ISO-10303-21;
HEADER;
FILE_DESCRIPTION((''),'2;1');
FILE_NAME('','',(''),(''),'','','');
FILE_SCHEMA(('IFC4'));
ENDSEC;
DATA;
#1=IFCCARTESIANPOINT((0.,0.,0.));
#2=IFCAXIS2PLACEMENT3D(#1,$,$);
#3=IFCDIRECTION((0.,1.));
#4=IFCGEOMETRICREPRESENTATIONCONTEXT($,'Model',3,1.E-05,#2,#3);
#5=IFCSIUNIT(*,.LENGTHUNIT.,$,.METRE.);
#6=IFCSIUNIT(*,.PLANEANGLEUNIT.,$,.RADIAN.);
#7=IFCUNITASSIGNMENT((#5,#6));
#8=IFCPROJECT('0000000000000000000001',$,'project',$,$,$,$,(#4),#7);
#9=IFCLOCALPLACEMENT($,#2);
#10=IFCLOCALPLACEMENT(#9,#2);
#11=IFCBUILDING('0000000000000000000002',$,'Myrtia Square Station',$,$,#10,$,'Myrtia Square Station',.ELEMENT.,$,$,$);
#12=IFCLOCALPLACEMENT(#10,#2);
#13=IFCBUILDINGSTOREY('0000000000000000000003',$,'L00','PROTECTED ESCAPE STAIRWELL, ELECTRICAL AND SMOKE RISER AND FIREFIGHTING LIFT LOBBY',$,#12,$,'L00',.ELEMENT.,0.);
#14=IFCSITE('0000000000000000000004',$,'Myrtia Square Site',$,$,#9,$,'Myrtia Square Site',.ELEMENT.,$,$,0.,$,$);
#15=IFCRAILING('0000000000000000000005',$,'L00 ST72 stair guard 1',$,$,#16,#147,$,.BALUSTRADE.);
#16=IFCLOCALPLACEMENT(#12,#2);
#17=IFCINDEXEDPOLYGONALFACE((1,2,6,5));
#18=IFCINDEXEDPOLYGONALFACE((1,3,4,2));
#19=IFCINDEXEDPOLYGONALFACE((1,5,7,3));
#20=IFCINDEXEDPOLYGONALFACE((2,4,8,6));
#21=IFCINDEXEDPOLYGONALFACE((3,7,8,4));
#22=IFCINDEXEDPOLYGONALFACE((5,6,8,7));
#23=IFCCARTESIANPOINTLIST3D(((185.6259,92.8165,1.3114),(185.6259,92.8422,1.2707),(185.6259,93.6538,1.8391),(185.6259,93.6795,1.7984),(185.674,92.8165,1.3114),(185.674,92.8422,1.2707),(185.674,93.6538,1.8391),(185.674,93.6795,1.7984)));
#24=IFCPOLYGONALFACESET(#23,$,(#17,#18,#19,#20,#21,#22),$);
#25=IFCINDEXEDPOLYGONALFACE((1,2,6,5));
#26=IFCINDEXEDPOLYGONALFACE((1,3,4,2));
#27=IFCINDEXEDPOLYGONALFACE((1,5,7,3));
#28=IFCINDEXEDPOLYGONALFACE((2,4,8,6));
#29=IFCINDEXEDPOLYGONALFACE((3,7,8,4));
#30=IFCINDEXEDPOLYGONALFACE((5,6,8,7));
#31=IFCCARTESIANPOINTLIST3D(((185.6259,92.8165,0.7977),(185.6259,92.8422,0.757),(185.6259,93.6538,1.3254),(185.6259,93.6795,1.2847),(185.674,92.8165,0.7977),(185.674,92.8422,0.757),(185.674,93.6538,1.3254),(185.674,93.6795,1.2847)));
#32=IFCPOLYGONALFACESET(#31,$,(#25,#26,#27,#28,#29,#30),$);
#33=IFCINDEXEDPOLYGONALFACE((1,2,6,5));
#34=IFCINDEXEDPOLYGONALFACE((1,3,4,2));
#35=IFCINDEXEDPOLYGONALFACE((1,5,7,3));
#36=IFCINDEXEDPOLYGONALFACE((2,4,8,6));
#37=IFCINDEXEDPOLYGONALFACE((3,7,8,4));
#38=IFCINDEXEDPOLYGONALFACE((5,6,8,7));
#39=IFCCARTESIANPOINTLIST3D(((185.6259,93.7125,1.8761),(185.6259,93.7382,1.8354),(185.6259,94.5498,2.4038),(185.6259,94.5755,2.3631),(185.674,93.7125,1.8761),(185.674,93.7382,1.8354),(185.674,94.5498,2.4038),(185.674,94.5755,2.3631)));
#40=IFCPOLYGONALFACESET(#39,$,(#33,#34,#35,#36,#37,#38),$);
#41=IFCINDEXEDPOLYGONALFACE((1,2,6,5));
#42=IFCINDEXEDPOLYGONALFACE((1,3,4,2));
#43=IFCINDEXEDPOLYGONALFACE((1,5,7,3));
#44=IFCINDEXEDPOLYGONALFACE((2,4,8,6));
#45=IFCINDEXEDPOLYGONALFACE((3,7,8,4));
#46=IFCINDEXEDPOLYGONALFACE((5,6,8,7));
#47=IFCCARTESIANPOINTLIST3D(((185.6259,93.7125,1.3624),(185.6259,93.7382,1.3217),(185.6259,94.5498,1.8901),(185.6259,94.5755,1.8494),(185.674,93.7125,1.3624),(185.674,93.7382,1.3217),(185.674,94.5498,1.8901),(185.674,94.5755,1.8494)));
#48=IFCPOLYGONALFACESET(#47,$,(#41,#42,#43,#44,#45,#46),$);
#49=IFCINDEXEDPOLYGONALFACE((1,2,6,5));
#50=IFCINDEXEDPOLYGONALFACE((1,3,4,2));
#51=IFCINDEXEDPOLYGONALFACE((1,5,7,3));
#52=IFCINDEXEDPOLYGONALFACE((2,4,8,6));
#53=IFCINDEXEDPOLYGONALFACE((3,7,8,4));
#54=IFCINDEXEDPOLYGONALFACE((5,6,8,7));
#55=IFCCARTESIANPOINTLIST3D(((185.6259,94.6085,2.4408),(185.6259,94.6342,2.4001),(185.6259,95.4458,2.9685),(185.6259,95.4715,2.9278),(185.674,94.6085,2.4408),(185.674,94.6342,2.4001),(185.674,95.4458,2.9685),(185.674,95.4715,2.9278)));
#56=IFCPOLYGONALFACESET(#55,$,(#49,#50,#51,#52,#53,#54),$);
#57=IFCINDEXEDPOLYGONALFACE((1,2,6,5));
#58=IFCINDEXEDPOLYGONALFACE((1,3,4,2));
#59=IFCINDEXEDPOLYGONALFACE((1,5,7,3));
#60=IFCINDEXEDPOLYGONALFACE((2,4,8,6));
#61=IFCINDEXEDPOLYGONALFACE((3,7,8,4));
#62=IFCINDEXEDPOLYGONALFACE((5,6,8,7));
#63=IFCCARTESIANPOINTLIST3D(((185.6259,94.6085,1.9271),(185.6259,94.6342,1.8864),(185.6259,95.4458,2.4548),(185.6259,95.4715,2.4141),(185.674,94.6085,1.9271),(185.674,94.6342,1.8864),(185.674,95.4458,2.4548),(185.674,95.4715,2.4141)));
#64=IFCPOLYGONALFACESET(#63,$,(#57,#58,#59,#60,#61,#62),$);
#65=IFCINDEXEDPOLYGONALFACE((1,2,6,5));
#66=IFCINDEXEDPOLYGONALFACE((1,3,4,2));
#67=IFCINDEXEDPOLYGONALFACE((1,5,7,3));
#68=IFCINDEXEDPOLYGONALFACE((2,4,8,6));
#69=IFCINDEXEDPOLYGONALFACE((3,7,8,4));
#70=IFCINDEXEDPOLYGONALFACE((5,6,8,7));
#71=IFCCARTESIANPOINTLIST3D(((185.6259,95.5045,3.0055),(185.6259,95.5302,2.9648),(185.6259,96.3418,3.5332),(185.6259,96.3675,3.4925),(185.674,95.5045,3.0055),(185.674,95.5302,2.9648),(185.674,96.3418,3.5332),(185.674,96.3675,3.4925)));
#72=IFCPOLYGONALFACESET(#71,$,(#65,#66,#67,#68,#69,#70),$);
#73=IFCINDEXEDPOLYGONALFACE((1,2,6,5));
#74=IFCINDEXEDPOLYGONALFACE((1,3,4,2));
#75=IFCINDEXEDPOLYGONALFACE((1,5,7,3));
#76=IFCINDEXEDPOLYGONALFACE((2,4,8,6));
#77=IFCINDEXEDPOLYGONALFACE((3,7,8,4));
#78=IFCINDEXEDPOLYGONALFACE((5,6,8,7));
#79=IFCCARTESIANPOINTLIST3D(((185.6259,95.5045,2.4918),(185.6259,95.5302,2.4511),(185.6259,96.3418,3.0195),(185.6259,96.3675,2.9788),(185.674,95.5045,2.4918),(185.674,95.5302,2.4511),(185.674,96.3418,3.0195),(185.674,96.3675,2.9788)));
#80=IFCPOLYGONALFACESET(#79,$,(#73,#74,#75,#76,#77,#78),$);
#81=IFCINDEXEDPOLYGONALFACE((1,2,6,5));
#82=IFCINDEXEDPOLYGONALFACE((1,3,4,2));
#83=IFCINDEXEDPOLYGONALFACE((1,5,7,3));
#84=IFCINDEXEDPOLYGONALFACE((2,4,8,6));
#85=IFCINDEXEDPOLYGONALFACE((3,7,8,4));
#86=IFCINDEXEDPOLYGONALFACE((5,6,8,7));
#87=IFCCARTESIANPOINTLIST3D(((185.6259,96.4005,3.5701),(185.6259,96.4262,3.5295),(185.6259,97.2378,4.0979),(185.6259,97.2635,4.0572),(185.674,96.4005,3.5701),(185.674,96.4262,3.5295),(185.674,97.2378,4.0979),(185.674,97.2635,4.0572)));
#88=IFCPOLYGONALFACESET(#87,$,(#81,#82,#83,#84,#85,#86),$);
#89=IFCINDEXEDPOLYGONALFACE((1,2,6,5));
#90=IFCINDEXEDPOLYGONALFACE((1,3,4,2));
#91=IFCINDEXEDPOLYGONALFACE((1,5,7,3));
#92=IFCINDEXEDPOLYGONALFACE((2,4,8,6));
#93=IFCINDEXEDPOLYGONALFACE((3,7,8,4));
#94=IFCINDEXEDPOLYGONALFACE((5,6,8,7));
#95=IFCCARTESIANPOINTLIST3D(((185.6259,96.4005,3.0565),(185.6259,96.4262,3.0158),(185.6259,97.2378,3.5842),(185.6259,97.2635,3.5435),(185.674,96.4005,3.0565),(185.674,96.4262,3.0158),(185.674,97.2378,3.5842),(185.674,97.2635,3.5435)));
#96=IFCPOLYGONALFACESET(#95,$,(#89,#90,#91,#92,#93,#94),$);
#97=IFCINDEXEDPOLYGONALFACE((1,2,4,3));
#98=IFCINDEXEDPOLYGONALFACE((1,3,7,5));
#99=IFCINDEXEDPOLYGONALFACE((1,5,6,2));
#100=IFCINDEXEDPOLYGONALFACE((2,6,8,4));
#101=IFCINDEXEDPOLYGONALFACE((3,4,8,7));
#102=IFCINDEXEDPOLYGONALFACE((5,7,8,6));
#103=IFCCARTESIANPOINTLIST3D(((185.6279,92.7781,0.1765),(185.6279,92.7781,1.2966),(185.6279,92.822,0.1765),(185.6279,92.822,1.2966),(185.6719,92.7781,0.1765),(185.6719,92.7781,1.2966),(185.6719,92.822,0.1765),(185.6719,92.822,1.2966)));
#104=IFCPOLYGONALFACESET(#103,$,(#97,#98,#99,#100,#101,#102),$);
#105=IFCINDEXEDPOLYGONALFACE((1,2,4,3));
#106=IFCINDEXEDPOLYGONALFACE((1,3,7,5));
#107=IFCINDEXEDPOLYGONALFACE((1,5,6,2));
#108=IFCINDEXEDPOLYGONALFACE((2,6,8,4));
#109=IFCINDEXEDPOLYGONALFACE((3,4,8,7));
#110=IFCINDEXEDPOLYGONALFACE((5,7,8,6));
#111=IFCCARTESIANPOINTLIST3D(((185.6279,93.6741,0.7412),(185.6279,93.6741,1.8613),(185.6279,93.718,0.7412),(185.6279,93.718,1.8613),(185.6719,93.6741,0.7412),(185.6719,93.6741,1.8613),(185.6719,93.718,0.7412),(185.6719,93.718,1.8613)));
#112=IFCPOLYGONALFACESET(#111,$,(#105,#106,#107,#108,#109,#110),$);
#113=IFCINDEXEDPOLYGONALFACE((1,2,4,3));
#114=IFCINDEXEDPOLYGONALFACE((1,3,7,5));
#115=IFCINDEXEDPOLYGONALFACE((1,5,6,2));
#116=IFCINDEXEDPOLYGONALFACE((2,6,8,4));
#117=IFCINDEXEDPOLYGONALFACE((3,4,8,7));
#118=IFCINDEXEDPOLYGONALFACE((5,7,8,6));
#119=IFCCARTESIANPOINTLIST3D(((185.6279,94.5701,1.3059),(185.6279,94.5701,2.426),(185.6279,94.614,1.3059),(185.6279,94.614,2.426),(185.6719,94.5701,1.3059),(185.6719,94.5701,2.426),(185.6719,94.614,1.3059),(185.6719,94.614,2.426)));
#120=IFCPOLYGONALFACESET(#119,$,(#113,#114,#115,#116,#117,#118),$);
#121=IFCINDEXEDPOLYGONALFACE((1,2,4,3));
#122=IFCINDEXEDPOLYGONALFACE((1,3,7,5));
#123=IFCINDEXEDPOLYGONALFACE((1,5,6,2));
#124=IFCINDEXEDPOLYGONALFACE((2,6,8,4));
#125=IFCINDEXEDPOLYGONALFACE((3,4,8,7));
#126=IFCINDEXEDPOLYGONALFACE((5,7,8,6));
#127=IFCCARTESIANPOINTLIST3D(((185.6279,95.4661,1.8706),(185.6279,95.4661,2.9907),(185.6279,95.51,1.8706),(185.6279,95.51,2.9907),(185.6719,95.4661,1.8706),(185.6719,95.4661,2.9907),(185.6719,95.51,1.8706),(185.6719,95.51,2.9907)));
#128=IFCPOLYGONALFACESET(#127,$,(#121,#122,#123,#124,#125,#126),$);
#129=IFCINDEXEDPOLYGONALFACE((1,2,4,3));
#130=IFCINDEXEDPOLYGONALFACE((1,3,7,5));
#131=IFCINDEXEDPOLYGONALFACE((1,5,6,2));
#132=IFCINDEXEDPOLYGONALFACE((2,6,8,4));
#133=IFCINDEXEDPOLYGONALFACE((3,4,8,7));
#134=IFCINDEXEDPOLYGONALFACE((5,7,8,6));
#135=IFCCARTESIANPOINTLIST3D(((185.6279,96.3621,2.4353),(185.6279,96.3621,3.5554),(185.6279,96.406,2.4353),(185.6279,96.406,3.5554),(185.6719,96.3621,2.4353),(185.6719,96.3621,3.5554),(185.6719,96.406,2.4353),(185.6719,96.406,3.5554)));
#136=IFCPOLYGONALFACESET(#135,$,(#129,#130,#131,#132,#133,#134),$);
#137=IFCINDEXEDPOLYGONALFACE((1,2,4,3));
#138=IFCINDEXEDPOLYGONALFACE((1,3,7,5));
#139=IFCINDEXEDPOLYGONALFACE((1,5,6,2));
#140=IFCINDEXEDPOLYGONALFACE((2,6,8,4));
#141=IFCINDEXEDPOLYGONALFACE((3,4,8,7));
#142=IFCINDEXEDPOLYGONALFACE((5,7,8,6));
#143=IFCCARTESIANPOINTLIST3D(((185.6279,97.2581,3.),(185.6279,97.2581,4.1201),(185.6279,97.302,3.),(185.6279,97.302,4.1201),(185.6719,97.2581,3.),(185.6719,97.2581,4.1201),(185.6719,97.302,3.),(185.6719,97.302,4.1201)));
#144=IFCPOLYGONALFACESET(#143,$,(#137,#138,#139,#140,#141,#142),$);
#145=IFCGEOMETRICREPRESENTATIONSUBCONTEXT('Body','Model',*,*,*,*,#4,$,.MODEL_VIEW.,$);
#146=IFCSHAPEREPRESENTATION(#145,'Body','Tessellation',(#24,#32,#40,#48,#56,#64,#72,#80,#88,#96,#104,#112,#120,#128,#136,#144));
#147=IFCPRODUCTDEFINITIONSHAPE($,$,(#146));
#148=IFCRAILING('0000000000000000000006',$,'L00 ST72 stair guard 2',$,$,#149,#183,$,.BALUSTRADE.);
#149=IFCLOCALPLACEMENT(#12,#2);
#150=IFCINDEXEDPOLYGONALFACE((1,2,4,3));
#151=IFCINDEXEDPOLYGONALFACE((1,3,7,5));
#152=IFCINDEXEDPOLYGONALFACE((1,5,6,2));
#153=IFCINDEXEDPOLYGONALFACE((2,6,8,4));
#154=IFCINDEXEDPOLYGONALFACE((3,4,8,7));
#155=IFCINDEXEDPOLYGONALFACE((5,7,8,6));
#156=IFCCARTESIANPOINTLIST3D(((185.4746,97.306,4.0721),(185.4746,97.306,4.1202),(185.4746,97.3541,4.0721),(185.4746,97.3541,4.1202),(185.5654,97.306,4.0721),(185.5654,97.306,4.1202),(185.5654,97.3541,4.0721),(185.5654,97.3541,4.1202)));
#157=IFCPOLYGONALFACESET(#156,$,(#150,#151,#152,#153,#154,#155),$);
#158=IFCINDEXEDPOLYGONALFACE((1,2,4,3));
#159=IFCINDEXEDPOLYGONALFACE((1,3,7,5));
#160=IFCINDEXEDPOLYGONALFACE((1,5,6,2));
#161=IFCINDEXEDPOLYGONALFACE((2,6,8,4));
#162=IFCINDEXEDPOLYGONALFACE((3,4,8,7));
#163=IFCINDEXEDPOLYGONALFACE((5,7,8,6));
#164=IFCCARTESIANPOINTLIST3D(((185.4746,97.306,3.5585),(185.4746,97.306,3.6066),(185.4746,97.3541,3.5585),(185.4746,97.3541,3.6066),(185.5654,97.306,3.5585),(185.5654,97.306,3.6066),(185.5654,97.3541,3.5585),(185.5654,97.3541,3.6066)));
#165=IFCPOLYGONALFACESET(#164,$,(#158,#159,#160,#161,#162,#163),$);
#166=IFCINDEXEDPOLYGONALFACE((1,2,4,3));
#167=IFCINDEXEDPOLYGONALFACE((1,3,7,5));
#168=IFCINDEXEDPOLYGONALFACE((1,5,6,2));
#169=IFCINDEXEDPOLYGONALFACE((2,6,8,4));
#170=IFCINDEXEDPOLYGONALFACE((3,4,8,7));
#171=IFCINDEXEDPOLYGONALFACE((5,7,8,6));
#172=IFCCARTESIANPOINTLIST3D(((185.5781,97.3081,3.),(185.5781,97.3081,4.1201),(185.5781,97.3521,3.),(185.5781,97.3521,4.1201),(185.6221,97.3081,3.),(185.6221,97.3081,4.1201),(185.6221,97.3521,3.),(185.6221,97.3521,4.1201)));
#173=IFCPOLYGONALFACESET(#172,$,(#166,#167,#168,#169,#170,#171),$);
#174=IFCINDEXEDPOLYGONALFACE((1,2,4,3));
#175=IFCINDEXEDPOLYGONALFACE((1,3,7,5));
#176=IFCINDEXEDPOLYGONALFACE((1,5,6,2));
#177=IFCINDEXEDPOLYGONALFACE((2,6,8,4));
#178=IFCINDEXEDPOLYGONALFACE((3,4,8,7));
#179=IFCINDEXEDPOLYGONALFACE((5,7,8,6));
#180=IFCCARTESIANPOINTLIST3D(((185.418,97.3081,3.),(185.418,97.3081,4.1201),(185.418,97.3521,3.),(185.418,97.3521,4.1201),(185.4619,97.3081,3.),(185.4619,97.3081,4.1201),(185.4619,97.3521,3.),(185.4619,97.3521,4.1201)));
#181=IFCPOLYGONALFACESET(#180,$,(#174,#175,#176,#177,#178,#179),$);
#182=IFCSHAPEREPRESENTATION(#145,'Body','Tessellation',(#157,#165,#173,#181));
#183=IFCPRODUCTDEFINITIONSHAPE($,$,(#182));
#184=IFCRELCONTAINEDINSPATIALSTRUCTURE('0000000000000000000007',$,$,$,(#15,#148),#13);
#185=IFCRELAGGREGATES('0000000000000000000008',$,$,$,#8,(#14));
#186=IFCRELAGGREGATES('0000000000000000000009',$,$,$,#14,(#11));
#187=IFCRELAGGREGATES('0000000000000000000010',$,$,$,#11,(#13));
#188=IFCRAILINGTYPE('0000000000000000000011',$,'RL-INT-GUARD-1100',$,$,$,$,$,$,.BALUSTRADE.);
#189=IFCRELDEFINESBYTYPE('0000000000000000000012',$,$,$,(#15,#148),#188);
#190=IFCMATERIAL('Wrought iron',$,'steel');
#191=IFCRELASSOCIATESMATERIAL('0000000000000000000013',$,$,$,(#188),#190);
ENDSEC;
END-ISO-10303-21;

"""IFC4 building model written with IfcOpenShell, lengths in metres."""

from ifc_helpers import new_model, si_unit, direction, frame, origin, origin_2d, place, context, subcontext, project, spatial, rectangle, extrude, material, type_object, element, save


model = new_model("IFC4")

# Units and contexts
model_context = context("Model", 3, precision=1e-05, world=origin(), true_north=direction((0.0, 1.0)))
body_context = subcontext(model_context, "Body", "Model", "MODEL_VIEW")
ifc_project = project(units=[si_unit("LENGTHUNIT", "METRE"), si_unit("PLANEANGLEUNIT", "RADIAN")], contexts=[model_context])

# Site, building, storey
site_placement = place(None, origin())
site = spatial("IfcSite", under=ifc_project, at=site_placement, Name="Myrtia Square Site", LongName="Myrtia Square Site", CompositionType="ELEMENT", RefElevation=0.0)
building_placement = place(site_placement, origin())
building = spatial("IfcBuilding", under=site, at=building_placement, Name="Myrtia Square Station", LongName="Myrtia Square Station", CompositionType="ELEMENT")
storey_placement = place(building_placement, origin())
storey = spatial("IfcBuildingStorey", under=building, at=storey_placement, Name="L00", Description="PROTECTED ESCAPE STAIRWELL, ELECTRICAL AND SMOKE RISER AND FIREFIGHTING LIFT LOBBY", LongName="L00", CompositionType="ELEMENT", Elevation=0.0)

# Railings
ifc_material_1 = material(Name="Wrought iron", Category="steel")
railing_type_1 = type_object("IfcRailingType", Name="RL-INT-GUARD-1100", PredefinedType="BALUSTRADE", material=ifc_material_1)
railing_1_placement = place(storey_placement, frame((185.6499, 92.8, 0.1765)))
element("IfcRailing", 1, at=railing_1_placement, inside=storey, type_object=railing_type_1, Name="L00 ST72 stair guard 1", PredefinedType="BALUSTRADE", context=body_context, shape_type="SweptSolid", body=[
    extrude(rectangle(XDim=0.0481, YDim=0.0481, at=origin_2d()), frame((0.0, 0.0293, 1.1145), z_axis=(0.0, 0.845998, 0.533186), x_axis=(-1.0, 0.0, 0.0)), (0.0, 0.0, 1.0), 0.9897),
    extrude(rectangle(XDim=0.0481, YDim=0.0481, at=origin_2d()), frame((0.0, 0.0293, 0.6008), z_axis=(0.0, 0.845998, 0.533186), x_axis=(-1.0, 0.0, 0.0)), (0.0, 0.0, 1.0), 0.9897),
    extrude(rectangle(XDim=0.0481, YDim=0.0481, at=origin_2d()), frame((0.0, 0.9253, 1.6792), z_axis=(0.0, 0.845998, 0.533186), x_axis=(-1.0, 0.0, 0.0)), (0.0, 0.0, 1.0), 0.9897),
    extrude(rectangle(XDim=0.0481, YDim=0.0481, at=origin_2d()), frame((0.0, 0.9253, 1.1655), z_axis=(0.0, 0.845998, 0.533186), x_axis=(-1.0, 0.0, 0.0)), (0.0, 0.0, 1.0), 0.9897),
    extrude(rectangle(XDim=0.0481, YDim=0.0481, at=origin_2d()), frame((0.0, 1.8213, 2.2439), z_axis=(0.0, 0.845998, 0.533186), x_axis=(-1.0, 0.0, 0.0)), (0.0, 0.0, 1.0), 0.9897),
    extrude(rectangle(XDim=0.0481, YDim=0.0481, at=origin_2d()), frame((0.0, 1.8213, 1.7302), z_axis=(0.0, 0.845998, 0.533186), x_axis=(-1.0, 0.0, 0.0)), (0.0, 0.0, 1.0), 0.9897),
    extrude(rectangle(XDim=0.0481, YDim=0.0481, at=origin_2d()), frame((0.0, 2.7173, 2.8086), z_axis=(0.0, 0.845998, 0.533186), x_axis=(-1.0, 0.0, 0.0)), (0.0, 0.0, 1.0), 0.9897),
    extrude(rectangle(XDim=0.0481, YDim=0.0481, at=origin_2d()), frame((0.0, 2.7173, 2.2949), z_axis=(0.0, 0.845998, 0.533186), x_axis=(-1.0, 0.0, 0.0)), (0.0, 0.0, 1.0), 0.9897),
    extrude(rectangle(XDim=0.0481, YDim=0.0481, at=origin_2d()), frame((0.0, 3.6133, 3.3733), z_axis=(0.0, 0.845998, 0.533186), x_axis=(-1.0, 0.0, 0.0)), (0.0, 0.0, 1.0), 0.9897),
    extrude(rectangle(XDim=0.0481, YDim=0.0481, at=origin_2d()), frame((0.0, 3.6133, 2.8596), z_axis=(0.0, 0.845998, 0.533186), x_axis=(-1.0, 0.0, 0.0)), (0.0, 0.0, 1.0), 0.9897),
    extrude(rectangle(XDim=0.0439, YDim=0.0439, at=origin_2d()), origin(), (0.0, 0.0, 1.0), 1.1201),
    extrude(rectangle(XDim=0.0439, YDim=0.0439, at=origin_2d()), frame((0.0, 0.896, 0.5647)), (0.0, 0.0, 1.0), 1.1201),
    extrude(rectangle(XDim=0.0439, YDim=0.0439, at=origin_2d()), frame((0.0, 1.792, 1.1294)), (0.0, 0.0, 1.0), 1.1201),
    extrude(rectangle(XDim=0.0439, YDim=0.0439, at=origin_2d()), frame((0.0, 2.688, 1.6941)), (0.0, 0.0, 1.0), 1.1201),
    extrude(rectangle(XDim=0.0439, YDim=0.0439, at=origin_2d()), frame((0.0, 3.584, 2.2588)), (0.0, 0.0, 1.0), 1.1201),
    extrude(rectangle(XDim=0.0439, YDim=0.0439, at=origin_2d()), frame((0.0, 4.48, 2.8235)), (0.0, 0.0, 1.0), 1.1201),
])
railing_2_placement = place(storey_placement, frame((185.6001, 97.3301, 3.0)))
element("IfcRailing", 2, at=railing_2_placement, inside=storey, type_object=railing_type_1, Name="L00 ST72 stair guard 2", PredefinedType="BALUSTRADE", context=body_context, shape_type="SweptSolid", body=[
    extrude(rectangle(XDim=0.0481, YDim=0.0481, at=origin_2d()), frame((-0.0347, 0.0, 1.0962), z_axis=(-1.0, 0.0, 0.0), x_axis=(0.0, -1.0, 0.0)), (0.0, 0.0, 1.0), 0.0908),
    extrude(rectangle(XDim=0.0481, YDim=0.0481, at=origin_2d()), frame((-0.0347, 0.0, 0.5825), z_axis=(-1.0, 0.0, 0.0), x_axis=(0.0, -1.0, 0.0)), (0.0, 0.0, 1.0), 0.0908),
    extrude(rectangle(XDim=0.0439, YDim=0.0439, at=origin_2d()), origin(), (0.0, 0.0, 1.0), 1.1201),
    extrude(rectangle(XDim=0.0439, YDim=0.0439, at=origin_2d()), frame((-0.1602, 0.0, 0.0)), (0.0, 0.0, 1.0), 1.1201),
])

save(model, "model.ifc")
